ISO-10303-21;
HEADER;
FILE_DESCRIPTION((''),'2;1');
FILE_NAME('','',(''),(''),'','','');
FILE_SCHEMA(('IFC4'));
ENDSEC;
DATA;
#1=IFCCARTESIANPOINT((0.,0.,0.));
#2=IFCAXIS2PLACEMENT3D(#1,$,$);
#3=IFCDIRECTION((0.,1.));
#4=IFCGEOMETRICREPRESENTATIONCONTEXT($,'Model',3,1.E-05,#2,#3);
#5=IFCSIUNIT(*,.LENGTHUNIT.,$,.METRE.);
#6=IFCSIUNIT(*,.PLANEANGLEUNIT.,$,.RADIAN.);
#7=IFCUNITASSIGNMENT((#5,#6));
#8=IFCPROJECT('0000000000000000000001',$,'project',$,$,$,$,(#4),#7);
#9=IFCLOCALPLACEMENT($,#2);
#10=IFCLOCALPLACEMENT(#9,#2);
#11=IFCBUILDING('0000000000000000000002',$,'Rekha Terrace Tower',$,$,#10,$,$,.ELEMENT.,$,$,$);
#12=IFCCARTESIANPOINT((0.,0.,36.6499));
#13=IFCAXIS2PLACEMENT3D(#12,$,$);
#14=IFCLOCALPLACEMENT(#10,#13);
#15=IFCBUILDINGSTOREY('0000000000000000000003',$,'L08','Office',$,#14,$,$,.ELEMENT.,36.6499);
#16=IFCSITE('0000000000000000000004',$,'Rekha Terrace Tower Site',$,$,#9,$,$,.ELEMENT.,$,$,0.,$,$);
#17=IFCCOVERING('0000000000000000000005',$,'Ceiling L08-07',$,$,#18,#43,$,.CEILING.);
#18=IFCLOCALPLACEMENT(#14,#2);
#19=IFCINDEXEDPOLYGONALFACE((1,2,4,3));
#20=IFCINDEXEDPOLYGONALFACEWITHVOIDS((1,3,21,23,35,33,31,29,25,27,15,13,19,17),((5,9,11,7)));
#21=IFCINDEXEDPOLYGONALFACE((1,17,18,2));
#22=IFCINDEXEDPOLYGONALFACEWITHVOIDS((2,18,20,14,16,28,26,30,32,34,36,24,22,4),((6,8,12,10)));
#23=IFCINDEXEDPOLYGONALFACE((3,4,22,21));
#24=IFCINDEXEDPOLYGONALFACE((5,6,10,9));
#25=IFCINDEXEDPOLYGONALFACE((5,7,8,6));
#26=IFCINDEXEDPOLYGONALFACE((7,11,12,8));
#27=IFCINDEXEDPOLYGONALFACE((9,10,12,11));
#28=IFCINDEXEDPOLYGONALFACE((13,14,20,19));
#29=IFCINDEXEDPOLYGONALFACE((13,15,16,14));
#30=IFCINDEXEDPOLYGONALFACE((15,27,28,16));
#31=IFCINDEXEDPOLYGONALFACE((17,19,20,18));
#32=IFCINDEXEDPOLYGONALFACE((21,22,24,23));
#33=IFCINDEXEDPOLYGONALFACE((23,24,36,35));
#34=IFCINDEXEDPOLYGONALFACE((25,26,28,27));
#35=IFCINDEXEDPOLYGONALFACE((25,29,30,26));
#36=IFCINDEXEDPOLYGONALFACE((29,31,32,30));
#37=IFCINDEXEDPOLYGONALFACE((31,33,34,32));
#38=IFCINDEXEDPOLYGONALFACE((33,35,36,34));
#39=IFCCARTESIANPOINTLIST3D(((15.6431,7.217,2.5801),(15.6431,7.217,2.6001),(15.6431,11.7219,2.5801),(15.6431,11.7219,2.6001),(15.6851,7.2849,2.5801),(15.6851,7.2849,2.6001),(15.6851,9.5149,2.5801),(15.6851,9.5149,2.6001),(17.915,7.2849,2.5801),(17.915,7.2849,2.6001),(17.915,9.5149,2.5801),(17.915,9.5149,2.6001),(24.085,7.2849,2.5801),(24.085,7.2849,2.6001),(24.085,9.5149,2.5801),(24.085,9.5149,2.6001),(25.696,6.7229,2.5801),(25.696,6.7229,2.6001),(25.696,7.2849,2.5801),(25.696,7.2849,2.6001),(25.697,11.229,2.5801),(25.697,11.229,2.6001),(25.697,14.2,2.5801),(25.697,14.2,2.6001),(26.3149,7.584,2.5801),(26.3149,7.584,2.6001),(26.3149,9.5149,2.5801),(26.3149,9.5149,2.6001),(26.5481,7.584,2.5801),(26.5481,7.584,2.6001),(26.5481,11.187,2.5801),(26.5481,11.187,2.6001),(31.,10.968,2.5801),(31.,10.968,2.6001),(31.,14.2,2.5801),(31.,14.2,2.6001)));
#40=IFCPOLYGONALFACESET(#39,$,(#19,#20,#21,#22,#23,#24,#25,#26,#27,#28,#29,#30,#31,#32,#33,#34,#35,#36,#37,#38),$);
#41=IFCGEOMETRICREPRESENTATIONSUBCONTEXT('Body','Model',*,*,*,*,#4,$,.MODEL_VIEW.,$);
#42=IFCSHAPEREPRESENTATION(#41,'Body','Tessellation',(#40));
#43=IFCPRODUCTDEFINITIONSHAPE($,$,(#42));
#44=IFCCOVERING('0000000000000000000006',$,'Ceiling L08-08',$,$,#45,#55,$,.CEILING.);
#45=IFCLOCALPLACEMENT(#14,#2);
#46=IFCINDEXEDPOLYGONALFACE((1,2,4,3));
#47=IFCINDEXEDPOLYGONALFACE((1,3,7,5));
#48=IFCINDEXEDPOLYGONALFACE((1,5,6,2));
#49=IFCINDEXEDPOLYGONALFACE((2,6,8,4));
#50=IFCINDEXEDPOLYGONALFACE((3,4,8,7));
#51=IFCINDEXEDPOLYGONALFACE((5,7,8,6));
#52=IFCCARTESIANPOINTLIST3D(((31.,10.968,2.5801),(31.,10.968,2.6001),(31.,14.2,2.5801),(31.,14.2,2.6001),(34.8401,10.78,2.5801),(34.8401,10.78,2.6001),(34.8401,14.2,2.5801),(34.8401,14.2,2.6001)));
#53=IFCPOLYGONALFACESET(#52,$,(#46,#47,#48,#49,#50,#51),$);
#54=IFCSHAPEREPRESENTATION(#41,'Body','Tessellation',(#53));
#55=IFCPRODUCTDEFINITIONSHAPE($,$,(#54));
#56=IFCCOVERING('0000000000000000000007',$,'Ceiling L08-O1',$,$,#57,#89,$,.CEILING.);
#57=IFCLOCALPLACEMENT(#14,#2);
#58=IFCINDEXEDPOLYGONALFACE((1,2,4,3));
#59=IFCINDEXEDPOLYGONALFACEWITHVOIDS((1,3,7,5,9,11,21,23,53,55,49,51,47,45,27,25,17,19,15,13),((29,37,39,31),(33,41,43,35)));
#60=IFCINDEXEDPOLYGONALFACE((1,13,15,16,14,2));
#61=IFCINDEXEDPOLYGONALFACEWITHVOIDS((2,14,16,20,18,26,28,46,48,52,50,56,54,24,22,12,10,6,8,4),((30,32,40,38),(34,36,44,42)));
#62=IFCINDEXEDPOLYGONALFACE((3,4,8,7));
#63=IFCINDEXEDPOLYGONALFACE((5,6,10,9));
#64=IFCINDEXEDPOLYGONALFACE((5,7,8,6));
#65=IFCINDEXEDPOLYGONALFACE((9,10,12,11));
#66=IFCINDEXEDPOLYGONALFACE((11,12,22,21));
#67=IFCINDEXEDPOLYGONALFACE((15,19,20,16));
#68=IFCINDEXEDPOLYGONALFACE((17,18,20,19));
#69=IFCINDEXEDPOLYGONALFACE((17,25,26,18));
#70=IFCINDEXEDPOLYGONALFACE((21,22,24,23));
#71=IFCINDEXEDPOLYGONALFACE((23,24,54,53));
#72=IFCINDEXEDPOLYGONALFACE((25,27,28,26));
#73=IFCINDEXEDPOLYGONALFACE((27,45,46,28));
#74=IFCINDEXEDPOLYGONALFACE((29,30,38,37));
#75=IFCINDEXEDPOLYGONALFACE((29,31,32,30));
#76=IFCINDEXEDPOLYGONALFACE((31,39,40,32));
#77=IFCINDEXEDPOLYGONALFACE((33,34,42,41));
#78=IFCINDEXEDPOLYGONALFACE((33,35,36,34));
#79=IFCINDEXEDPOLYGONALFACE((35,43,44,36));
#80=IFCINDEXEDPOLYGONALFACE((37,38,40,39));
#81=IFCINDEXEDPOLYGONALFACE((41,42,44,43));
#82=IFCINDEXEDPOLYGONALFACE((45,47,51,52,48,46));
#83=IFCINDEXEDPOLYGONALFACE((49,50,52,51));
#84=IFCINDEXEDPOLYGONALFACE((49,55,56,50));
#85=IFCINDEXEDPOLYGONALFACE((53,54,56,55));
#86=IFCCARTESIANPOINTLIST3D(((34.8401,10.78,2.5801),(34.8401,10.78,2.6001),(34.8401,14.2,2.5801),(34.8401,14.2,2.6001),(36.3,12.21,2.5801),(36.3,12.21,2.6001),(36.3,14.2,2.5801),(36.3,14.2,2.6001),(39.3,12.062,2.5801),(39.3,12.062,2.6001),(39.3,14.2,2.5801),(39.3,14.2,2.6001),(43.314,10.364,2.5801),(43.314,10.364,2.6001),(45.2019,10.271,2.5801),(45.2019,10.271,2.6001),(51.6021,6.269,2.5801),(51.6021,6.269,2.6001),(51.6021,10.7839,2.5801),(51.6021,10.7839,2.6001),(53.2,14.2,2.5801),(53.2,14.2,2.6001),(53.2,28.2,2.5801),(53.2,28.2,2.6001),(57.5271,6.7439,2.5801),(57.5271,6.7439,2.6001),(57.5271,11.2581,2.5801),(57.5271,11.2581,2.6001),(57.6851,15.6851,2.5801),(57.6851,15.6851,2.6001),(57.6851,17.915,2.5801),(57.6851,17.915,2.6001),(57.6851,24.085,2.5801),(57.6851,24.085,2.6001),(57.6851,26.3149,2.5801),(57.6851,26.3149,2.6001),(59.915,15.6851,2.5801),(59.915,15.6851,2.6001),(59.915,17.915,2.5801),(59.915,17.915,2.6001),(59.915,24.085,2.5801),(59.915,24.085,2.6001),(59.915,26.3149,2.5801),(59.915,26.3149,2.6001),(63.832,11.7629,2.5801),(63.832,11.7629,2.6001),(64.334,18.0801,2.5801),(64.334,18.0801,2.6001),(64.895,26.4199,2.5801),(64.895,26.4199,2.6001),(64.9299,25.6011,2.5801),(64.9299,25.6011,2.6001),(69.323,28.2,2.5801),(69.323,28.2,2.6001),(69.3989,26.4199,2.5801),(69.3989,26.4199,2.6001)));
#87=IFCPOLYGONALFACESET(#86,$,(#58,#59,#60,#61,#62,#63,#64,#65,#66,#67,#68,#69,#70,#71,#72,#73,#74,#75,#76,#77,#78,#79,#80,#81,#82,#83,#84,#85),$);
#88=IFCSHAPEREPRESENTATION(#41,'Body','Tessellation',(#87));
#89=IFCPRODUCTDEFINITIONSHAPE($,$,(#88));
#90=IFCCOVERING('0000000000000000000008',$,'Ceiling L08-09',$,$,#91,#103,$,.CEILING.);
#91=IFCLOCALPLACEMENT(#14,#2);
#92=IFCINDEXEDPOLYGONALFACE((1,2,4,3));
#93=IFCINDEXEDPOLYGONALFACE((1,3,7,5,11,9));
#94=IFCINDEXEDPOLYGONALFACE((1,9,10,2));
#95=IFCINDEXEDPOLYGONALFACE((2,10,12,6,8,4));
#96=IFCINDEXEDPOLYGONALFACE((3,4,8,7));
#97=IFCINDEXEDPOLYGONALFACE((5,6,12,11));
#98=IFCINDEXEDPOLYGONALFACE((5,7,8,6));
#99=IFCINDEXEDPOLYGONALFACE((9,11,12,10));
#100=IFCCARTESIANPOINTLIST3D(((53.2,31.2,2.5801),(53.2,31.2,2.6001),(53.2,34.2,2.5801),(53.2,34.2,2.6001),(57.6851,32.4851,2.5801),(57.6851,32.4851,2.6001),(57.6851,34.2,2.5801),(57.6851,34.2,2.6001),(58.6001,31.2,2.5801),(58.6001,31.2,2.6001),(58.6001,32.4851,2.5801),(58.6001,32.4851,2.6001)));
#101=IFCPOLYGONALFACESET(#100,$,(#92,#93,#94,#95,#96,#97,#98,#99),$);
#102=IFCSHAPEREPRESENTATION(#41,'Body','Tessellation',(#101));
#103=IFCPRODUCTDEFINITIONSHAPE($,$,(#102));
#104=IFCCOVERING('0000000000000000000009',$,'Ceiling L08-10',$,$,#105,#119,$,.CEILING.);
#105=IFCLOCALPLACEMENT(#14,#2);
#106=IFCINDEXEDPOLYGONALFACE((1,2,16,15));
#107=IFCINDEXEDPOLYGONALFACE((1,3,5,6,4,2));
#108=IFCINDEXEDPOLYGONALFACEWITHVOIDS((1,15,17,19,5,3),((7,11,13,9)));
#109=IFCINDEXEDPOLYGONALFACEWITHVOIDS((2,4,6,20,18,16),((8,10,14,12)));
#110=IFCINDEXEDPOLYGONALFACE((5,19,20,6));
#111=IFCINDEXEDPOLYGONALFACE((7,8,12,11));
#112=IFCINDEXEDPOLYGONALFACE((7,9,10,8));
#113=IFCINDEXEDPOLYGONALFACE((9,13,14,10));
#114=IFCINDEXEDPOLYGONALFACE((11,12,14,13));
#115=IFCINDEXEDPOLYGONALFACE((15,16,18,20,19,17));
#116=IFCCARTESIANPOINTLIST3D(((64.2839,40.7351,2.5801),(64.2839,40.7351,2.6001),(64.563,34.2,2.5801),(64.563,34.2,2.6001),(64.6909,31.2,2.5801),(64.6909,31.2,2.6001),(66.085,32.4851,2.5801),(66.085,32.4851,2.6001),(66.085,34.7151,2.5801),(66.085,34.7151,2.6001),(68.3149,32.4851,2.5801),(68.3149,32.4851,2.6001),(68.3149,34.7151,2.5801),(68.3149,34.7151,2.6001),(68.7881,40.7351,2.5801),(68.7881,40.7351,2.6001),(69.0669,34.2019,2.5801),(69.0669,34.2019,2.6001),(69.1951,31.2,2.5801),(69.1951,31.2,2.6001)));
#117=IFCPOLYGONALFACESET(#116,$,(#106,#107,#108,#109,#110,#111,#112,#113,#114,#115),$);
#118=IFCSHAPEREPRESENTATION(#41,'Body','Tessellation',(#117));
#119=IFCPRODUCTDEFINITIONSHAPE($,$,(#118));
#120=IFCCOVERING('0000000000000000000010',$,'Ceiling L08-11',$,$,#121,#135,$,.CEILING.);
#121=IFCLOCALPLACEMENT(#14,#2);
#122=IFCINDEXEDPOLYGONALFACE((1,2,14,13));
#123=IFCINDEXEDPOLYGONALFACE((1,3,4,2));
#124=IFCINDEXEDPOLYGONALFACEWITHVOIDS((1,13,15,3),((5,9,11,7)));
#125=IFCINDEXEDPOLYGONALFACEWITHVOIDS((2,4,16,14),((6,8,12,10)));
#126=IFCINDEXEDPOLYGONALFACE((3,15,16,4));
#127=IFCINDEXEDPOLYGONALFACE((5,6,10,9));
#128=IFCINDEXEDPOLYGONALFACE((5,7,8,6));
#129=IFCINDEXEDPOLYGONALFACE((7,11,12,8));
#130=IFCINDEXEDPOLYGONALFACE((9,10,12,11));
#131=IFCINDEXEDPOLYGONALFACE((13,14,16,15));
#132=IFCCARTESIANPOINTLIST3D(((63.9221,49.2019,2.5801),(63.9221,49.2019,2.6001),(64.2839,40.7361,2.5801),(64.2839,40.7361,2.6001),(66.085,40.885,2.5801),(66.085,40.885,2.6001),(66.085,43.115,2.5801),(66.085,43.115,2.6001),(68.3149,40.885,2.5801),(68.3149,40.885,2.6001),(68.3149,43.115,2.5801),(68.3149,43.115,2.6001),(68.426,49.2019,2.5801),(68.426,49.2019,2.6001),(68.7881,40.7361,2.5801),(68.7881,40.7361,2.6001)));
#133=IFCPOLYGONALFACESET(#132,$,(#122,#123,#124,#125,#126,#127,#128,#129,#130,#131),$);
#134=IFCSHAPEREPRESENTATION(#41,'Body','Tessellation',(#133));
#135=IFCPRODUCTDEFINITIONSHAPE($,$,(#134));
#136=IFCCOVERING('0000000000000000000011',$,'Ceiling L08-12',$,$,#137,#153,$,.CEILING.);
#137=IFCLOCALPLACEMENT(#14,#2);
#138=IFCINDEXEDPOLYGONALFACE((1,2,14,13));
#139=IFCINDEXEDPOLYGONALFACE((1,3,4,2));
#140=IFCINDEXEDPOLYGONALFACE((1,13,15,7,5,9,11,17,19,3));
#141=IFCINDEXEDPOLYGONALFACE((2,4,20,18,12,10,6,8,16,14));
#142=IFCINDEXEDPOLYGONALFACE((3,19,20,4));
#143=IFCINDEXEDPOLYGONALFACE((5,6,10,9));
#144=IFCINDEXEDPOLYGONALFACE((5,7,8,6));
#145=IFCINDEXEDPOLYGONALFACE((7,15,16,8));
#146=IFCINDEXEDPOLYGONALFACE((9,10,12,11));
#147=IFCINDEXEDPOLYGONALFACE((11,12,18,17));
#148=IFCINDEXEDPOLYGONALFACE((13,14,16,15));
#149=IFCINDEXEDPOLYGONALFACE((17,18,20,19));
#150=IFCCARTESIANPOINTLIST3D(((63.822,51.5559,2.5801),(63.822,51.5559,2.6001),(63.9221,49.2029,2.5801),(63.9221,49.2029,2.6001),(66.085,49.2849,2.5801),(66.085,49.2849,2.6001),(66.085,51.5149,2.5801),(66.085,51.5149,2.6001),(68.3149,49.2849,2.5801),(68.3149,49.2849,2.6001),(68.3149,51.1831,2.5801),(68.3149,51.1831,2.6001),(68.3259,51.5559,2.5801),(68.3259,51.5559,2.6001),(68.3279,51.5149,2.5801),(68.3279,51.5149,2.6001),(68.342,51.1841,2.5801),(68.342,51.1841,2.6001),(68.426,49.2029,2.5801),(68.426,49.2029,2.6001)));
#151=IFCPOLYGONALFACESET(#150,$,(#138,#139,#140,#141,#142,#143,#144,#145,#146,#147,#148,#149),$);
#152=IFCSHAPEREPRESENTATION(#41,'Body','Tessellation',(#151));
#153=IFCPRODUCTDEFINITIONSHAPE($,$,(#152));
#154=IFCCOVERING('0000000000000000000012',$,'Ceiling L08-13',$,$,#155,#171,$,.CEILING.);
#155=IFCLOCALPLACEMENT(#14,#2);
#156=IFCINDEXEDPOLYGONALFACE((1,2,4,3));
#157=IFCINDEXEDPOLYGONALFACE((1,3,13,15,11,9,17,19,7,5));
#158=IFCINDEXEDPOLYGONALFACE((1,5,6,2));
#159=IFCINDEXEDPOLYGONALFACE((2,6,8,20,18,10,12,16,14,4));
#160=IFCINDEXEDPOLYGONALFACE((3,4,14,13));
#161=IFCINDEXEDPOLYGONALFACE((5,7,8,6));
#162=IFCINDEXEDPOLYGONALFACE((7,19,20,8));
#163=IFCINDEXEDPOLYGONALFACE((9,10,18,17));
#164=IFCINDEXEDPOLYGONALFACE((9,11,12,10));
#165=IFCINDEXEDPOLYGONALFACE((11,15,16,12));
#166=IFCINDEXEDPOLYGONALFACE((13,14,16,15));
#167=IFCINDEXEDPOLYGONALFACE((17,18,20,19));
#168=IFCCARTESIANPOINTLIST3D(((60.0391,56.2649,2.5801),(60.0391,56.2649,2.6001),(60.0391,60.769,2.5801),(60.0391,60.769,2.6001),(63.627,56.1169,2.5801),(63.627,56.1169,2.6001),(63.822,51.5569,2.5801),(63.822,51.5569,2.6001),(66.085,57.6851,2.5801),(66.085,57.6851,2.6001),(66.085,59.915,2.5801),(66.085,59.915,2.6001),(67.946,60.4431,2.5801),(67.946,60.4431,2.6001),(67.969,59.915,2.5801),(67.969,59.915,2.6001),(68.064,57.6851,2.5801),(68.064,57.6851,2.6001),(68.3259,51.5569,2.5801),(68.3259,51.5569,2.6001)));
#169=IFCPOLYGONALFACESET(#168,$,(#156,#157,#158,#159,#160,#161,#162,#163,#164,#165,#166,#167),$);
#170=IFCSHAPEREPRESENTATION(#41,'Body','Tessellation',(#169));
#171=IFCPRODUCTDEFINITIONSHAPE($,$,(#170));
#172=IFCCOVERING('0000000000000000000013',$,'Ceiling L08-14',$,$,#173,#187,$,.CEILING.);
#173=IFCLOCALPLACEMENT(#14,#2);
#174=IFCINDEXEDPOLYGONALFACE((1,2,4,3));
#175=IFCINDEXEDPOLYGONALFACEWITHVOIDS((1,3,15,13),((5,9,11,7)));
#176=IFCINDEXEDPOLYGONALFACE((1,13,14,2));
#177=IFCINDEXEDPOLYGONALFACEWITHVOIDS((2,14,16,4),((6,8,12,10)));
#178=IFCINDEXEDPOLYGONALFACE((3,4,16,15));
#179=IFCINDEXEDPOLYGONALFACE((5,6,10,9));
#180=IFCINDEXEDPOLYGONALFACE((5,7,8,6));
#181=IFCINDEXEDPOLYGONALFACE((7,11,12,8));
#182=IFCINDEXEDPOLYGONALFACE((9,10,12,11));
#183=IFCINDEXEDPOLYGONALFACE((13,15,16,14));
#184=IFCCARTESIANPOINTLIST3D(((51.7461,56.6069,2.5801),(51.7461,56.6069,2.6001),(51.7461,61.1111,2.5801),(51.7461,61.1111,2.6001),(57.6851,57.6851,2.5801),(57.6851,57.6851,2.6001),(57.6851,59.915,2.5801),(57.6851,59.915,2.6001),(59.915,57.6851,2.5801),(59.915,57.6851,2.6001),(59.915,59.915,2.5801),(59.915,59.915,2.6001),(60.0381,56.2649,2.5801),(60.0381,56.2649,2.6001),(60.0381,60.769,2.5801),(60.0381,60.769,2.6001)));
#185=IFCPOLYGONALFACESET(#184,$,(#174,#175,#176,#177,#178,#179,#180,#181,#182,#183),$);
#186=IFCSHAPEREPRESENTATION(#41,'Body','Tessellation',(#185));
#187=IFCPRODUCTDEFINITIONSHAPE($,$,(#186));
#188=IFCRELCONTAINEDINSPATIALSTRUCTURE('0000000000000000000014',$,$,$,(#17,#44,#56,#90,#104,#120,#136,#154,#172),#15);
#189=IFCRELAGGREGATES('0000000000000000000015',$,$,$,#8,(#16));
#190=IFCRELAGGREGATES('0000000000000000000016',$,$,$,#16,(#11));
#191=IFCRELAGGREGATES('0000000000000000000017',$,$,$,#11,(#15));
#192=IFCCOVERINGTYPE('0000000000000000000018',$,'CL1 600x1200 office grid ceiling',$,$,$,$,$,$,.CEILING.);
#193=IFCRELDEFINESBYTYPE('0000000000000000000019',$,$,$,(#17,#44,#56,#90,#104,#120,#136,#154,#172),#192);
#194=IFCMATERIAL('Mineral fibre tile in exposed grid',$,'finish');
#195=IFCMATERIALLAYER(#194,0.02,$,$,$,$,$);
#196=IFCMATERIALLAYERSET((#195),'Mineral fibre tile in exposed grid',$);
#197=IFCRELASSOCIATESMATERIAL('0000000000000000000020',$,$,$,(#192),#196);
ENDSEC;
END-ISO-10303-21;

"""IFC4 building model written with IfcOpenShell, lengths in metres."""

from ifc_helpers import new_model, si_unit, direction, frame, origin, place, context, subcontext, project, spatial, polyline, outline, extrude, material, layer, layer_set, type_object, element, save


model = new_model("IFC4")

# Units and contexts
model_context = context("Model", 3, precision=1e-05, world=origin(), true_north=direction((0.0, 1.0)))
body_context = subcontext(model_context, "Body", "Model", "MODEL_VIEW")
ifc_project = project(units=[si_unit("LENGTHUNIT", "METRE"), si_unit("PLANEANGLEUNIT", "RADIAN")], contexts=[model_context])

# Site, building, storey
site_placement = place(None, origin())
site = spatial("IfcSite", under=ifc_project, at=site_placement, Name="Rekha Terrace Tower Site", CompositionType="ELEMENT", RefElevation=0.0)
building_placement = place(site_placement, origin())
building = spatial("IfcBuilding", under=site, at=building_placement, Name="Rekha Terrace Tower", CompositionType="ELEMENT")
storey_placement = place(building_placement, frame((0.0, 0.0, 36.6499)))
storey = spatial("IfcBuildingStorey", under=building, at=storey_placement, Name="L08", Description="Office", CompositionType="ELEMENT", Elevation=36.6499)

# Coverings
ifc_material_1 = material(Name="Mineral fibre tile in exposed grid", Category="finish")
ifc_layer_1 = layer(ifc_material_1, 0.02)
ifc_layer_set_1 = layer_set([ifc_layer_1], Name="Mineral fibre tile in exposed grid")
covering_type_1 = type_object("IfcCoveringType", Name="CL1 600x1200 office grid ceiling", PredefinedType="CEILING", material=ifc_layer_set_1)
covering_1_placement = place(storey_placement, frame((0.0, 0.0, 2.5801)))
element("IfcCovering", 1, at=covering_1_placement, inside=storey, type_object=covering_type_1, Name="Ceiling L08-07", PredefinedType="CEILING", context=body_context, shape_type="SweptSolid", body=[
    extrude(outline(polyline([(25.697, 14.2), (25.697, 11.229), (15.6431, 11.7219), (15.6431, 7.217), (25.696, 6.7229), (25.696, 7.2849), (24.085, 7.2849), (24.085, 9.5149), (26.3149, 9.5149), (26.3149, 7.584), (26.5481, 7.584), (26.5481, 11.187), (31.0, 10.968), (31.0, 14.2), (25.697, 14.2)]), holes=[polyline([(17.915, 7.2849), (15.6851, 7.2849), (15.6851, 9.5149), (17.915, 9.5149), (17.915, 7.2849)])]), origin(), (0.0, 0.0, 1.0), 0.02),
])
covering_2_placement = place(storey_placement, frame((0.0, 0.0, 2.5801)))
element("IfcCovering", 2, at=covering_2_placement, inside=storey, type_object=covering_type_1, Name="Ceiling L08-08", PredefinedType="CEILING", context=body_context, shape_type="SweptSolid", body=[
    extrude(outline(polyline([(34.8401, 10.78), (34.8401, 14.2), (31.0, 14.2), (31.0, 10.968), (34.8401, 10.78)])), origin(), (0.0, 0.0, 1.0), 0.02),
])
covering_3_placement = place(storey_placement, frame((0.0, 0.0, 2.5801)))
element("IfcCovering", 3, at=covering_3_placement, inside=storey, type_object=covering_type_1, Name="Ceiling L08-O1", PredefinedType="CEILING", context=body_context, shape_type="SweptSolid", body=[
    extrude(outline(polyline([(34.8401, 14.2), (34.8401, 10.78), (43.314, 10.364), (45.2019, 10.271), (51.6021, 10.7839), (51.6021, 6.269), (57.5271, 6.7439), (57.5271, 11.2581), (63.832, 11.7629), (64.334, 18.0801), (64.9299, 25.6011), (64.895, 26.4199), (69.3989, 26.4199), (69.323, 28.2), (53.2, 28.2), (53.2, 14.2), (39.3, 14.2), (39.3, 12.062), (36.3, 12.21), (36.3, 14.2), (34.8401, 14.2)]), holes=[polyline([(59.915, 17.915), (59.915, 15.6851), (57.6851, 15.6851), (57.6851, 17.915), (59.915, 17.915)]), polyline([(59.915, 24.085), (57.6851, 24.085), (57.6851, 26.3149), (59.915, 26.3149), (59.915, 24.085)])]), origin(), (0.0, 0.0, 1.0), 0.02),
])
covering_4_placement = place(storey_placement, frame((0.0, 0.0, 2.5801)))
element("IfcCovering", 4, at=covering_4_placement, inside=storey, type_object=covering_type_1, Name="Ceiling L08-09", PredefinedType="CEILING", context=body_context, shape_type="SweptSolid", body=[
    extrude(outline(polyline([(53.2, 31.2), (58.6001, 31.2), (58.6001, 32.4851), (57.6851, 32.4851), (57.6851, 34.2), (53.2, 34.2), (53.2, 31.2)])), origin(), (0.0, 0.0, 1.0), 0.02),
])
covering_5_placement = place(storey_placement, frame((0.0, 0.0, 2.5801)))
element("IfcCovering", 5, at=covering_5_placement, inside=storey, type_object=covering_type_1, Name="Ceiling L08-10", PredefinedType="CEILING", context=body_context, shape_type="SweptSolid", body=[
    extrude(outline(polyline([(69.0669, 34.2019), (68.7881, 40.7351), (64.2839, 40.7351), (64.563, 34.2), (64.6909, 31.2), (69.1951, 31.2), (69.0669, 34.2019)]), holes=[polyline([(68.3149, 32.4851), (66.085, 32.4851), (66.085, 34.7151), (68.3149, 34.7151), (68.3149, 32.4851)])]), origin(), (0.0, 0.0, 1.0), 0.02),
])
covering_6_placement = place(storey_placement, frame((0.0, 0.0, 2.5801)))
element("IfcCovering", 6, at=covering_6_placement, inside=storey, type_object=covering_type_1, Name="Ceiling L08-11", PredefinedType="CEILING", context=body_context, shape_type="SweptSolid", body=[
    extrude(outline(polyline([(68.426, 49.2019), (63.9221, 49.2019), (64.2839, 40.7361), (68.7881, 40.7361), (68.426, 49.2019)]), holes=[polyline([(68.3149, 40.885), (66.085, 40.885), (66.085, 43.115), (68.3149, 43.115), (68.3149, 40.885)])]), origin(), (0.0, 0.0, 1.0), 0.02),
])
covering_7_placement = place(storey_placement, frame((0.0, 0.0, 2.5801)))
element("IfcCovering", 7, at=covering_7_placement, inside=storey, type_object=covering_type_1, Name="Ceiling L08-12", PredefinedType="CEILING", context=body_context, shape_type="SweptSolid", body=[
    extrude(outline(polyline([(68.3259, 51.5559), (63.822, 51.5559), (63.9221, 49.2029), (68.426, 49.2029), (68.342, 51.1841), (68.3149, 51.1831), (68.3149, 49.2849), (66.085, 49.2849), (66.085, 51.5149), (68.3279, 51.5149), (68.3259, 51.5559)])), origin(), (0.0, 0.0, 1.0), 0.02),
])
covering_8_placement = place(storey_placement, frame((0.0, 0.0, 2.5801)))
element("IfcCovering", 8, at=covering_8_placement, inside=storey, type_object=covering_type_1, Name="Ceiling L08-13", PredefinedType="CEILING", context=body_context, shape_type="SweptSolid", body=[
    extrude(outline(polyline([(60.0391, 56.2649), (63.627, 56.1169), (63.822, 51.5569), (68.3259, 51.5569), (68.064, 57.6851), (66.085, 57.6851), (66.085, 59.915), (67.969, 59.915), (67.946, 60.4431), (60.0391, 60.769), (60.0391, 56.2649)])), origin(), (0.0, 0.0, 1.0), 0.02),
])
covering_9_placement = place(storey_placement, frame((0.0, 0.0, 2.5801)))
element("IfcCovering", 9, at=covering_9_placement, inside=storey, type_object=covering_type_1, Name="Ceiling L08-14", PredefinedType="CEILING", context=body_context, shape_type="SweptSolid", body=[
    extrude(outline(polyline([(60.0381, 56.2649), (60.0381, 60.769), (51.7461, 61.1111), (51.7461, 56.6069), (60.0381, 56.2649)]), holes=[polyline([(59.915, 57.6851), (57.6851, 57.6851), (57.6851, 59.915), (59.915, 59.915), (59.915, 57.6851)])]), origin(), (0.0, 0.0, 1.0), 0.02),
])

save(model, "model.ifc")
